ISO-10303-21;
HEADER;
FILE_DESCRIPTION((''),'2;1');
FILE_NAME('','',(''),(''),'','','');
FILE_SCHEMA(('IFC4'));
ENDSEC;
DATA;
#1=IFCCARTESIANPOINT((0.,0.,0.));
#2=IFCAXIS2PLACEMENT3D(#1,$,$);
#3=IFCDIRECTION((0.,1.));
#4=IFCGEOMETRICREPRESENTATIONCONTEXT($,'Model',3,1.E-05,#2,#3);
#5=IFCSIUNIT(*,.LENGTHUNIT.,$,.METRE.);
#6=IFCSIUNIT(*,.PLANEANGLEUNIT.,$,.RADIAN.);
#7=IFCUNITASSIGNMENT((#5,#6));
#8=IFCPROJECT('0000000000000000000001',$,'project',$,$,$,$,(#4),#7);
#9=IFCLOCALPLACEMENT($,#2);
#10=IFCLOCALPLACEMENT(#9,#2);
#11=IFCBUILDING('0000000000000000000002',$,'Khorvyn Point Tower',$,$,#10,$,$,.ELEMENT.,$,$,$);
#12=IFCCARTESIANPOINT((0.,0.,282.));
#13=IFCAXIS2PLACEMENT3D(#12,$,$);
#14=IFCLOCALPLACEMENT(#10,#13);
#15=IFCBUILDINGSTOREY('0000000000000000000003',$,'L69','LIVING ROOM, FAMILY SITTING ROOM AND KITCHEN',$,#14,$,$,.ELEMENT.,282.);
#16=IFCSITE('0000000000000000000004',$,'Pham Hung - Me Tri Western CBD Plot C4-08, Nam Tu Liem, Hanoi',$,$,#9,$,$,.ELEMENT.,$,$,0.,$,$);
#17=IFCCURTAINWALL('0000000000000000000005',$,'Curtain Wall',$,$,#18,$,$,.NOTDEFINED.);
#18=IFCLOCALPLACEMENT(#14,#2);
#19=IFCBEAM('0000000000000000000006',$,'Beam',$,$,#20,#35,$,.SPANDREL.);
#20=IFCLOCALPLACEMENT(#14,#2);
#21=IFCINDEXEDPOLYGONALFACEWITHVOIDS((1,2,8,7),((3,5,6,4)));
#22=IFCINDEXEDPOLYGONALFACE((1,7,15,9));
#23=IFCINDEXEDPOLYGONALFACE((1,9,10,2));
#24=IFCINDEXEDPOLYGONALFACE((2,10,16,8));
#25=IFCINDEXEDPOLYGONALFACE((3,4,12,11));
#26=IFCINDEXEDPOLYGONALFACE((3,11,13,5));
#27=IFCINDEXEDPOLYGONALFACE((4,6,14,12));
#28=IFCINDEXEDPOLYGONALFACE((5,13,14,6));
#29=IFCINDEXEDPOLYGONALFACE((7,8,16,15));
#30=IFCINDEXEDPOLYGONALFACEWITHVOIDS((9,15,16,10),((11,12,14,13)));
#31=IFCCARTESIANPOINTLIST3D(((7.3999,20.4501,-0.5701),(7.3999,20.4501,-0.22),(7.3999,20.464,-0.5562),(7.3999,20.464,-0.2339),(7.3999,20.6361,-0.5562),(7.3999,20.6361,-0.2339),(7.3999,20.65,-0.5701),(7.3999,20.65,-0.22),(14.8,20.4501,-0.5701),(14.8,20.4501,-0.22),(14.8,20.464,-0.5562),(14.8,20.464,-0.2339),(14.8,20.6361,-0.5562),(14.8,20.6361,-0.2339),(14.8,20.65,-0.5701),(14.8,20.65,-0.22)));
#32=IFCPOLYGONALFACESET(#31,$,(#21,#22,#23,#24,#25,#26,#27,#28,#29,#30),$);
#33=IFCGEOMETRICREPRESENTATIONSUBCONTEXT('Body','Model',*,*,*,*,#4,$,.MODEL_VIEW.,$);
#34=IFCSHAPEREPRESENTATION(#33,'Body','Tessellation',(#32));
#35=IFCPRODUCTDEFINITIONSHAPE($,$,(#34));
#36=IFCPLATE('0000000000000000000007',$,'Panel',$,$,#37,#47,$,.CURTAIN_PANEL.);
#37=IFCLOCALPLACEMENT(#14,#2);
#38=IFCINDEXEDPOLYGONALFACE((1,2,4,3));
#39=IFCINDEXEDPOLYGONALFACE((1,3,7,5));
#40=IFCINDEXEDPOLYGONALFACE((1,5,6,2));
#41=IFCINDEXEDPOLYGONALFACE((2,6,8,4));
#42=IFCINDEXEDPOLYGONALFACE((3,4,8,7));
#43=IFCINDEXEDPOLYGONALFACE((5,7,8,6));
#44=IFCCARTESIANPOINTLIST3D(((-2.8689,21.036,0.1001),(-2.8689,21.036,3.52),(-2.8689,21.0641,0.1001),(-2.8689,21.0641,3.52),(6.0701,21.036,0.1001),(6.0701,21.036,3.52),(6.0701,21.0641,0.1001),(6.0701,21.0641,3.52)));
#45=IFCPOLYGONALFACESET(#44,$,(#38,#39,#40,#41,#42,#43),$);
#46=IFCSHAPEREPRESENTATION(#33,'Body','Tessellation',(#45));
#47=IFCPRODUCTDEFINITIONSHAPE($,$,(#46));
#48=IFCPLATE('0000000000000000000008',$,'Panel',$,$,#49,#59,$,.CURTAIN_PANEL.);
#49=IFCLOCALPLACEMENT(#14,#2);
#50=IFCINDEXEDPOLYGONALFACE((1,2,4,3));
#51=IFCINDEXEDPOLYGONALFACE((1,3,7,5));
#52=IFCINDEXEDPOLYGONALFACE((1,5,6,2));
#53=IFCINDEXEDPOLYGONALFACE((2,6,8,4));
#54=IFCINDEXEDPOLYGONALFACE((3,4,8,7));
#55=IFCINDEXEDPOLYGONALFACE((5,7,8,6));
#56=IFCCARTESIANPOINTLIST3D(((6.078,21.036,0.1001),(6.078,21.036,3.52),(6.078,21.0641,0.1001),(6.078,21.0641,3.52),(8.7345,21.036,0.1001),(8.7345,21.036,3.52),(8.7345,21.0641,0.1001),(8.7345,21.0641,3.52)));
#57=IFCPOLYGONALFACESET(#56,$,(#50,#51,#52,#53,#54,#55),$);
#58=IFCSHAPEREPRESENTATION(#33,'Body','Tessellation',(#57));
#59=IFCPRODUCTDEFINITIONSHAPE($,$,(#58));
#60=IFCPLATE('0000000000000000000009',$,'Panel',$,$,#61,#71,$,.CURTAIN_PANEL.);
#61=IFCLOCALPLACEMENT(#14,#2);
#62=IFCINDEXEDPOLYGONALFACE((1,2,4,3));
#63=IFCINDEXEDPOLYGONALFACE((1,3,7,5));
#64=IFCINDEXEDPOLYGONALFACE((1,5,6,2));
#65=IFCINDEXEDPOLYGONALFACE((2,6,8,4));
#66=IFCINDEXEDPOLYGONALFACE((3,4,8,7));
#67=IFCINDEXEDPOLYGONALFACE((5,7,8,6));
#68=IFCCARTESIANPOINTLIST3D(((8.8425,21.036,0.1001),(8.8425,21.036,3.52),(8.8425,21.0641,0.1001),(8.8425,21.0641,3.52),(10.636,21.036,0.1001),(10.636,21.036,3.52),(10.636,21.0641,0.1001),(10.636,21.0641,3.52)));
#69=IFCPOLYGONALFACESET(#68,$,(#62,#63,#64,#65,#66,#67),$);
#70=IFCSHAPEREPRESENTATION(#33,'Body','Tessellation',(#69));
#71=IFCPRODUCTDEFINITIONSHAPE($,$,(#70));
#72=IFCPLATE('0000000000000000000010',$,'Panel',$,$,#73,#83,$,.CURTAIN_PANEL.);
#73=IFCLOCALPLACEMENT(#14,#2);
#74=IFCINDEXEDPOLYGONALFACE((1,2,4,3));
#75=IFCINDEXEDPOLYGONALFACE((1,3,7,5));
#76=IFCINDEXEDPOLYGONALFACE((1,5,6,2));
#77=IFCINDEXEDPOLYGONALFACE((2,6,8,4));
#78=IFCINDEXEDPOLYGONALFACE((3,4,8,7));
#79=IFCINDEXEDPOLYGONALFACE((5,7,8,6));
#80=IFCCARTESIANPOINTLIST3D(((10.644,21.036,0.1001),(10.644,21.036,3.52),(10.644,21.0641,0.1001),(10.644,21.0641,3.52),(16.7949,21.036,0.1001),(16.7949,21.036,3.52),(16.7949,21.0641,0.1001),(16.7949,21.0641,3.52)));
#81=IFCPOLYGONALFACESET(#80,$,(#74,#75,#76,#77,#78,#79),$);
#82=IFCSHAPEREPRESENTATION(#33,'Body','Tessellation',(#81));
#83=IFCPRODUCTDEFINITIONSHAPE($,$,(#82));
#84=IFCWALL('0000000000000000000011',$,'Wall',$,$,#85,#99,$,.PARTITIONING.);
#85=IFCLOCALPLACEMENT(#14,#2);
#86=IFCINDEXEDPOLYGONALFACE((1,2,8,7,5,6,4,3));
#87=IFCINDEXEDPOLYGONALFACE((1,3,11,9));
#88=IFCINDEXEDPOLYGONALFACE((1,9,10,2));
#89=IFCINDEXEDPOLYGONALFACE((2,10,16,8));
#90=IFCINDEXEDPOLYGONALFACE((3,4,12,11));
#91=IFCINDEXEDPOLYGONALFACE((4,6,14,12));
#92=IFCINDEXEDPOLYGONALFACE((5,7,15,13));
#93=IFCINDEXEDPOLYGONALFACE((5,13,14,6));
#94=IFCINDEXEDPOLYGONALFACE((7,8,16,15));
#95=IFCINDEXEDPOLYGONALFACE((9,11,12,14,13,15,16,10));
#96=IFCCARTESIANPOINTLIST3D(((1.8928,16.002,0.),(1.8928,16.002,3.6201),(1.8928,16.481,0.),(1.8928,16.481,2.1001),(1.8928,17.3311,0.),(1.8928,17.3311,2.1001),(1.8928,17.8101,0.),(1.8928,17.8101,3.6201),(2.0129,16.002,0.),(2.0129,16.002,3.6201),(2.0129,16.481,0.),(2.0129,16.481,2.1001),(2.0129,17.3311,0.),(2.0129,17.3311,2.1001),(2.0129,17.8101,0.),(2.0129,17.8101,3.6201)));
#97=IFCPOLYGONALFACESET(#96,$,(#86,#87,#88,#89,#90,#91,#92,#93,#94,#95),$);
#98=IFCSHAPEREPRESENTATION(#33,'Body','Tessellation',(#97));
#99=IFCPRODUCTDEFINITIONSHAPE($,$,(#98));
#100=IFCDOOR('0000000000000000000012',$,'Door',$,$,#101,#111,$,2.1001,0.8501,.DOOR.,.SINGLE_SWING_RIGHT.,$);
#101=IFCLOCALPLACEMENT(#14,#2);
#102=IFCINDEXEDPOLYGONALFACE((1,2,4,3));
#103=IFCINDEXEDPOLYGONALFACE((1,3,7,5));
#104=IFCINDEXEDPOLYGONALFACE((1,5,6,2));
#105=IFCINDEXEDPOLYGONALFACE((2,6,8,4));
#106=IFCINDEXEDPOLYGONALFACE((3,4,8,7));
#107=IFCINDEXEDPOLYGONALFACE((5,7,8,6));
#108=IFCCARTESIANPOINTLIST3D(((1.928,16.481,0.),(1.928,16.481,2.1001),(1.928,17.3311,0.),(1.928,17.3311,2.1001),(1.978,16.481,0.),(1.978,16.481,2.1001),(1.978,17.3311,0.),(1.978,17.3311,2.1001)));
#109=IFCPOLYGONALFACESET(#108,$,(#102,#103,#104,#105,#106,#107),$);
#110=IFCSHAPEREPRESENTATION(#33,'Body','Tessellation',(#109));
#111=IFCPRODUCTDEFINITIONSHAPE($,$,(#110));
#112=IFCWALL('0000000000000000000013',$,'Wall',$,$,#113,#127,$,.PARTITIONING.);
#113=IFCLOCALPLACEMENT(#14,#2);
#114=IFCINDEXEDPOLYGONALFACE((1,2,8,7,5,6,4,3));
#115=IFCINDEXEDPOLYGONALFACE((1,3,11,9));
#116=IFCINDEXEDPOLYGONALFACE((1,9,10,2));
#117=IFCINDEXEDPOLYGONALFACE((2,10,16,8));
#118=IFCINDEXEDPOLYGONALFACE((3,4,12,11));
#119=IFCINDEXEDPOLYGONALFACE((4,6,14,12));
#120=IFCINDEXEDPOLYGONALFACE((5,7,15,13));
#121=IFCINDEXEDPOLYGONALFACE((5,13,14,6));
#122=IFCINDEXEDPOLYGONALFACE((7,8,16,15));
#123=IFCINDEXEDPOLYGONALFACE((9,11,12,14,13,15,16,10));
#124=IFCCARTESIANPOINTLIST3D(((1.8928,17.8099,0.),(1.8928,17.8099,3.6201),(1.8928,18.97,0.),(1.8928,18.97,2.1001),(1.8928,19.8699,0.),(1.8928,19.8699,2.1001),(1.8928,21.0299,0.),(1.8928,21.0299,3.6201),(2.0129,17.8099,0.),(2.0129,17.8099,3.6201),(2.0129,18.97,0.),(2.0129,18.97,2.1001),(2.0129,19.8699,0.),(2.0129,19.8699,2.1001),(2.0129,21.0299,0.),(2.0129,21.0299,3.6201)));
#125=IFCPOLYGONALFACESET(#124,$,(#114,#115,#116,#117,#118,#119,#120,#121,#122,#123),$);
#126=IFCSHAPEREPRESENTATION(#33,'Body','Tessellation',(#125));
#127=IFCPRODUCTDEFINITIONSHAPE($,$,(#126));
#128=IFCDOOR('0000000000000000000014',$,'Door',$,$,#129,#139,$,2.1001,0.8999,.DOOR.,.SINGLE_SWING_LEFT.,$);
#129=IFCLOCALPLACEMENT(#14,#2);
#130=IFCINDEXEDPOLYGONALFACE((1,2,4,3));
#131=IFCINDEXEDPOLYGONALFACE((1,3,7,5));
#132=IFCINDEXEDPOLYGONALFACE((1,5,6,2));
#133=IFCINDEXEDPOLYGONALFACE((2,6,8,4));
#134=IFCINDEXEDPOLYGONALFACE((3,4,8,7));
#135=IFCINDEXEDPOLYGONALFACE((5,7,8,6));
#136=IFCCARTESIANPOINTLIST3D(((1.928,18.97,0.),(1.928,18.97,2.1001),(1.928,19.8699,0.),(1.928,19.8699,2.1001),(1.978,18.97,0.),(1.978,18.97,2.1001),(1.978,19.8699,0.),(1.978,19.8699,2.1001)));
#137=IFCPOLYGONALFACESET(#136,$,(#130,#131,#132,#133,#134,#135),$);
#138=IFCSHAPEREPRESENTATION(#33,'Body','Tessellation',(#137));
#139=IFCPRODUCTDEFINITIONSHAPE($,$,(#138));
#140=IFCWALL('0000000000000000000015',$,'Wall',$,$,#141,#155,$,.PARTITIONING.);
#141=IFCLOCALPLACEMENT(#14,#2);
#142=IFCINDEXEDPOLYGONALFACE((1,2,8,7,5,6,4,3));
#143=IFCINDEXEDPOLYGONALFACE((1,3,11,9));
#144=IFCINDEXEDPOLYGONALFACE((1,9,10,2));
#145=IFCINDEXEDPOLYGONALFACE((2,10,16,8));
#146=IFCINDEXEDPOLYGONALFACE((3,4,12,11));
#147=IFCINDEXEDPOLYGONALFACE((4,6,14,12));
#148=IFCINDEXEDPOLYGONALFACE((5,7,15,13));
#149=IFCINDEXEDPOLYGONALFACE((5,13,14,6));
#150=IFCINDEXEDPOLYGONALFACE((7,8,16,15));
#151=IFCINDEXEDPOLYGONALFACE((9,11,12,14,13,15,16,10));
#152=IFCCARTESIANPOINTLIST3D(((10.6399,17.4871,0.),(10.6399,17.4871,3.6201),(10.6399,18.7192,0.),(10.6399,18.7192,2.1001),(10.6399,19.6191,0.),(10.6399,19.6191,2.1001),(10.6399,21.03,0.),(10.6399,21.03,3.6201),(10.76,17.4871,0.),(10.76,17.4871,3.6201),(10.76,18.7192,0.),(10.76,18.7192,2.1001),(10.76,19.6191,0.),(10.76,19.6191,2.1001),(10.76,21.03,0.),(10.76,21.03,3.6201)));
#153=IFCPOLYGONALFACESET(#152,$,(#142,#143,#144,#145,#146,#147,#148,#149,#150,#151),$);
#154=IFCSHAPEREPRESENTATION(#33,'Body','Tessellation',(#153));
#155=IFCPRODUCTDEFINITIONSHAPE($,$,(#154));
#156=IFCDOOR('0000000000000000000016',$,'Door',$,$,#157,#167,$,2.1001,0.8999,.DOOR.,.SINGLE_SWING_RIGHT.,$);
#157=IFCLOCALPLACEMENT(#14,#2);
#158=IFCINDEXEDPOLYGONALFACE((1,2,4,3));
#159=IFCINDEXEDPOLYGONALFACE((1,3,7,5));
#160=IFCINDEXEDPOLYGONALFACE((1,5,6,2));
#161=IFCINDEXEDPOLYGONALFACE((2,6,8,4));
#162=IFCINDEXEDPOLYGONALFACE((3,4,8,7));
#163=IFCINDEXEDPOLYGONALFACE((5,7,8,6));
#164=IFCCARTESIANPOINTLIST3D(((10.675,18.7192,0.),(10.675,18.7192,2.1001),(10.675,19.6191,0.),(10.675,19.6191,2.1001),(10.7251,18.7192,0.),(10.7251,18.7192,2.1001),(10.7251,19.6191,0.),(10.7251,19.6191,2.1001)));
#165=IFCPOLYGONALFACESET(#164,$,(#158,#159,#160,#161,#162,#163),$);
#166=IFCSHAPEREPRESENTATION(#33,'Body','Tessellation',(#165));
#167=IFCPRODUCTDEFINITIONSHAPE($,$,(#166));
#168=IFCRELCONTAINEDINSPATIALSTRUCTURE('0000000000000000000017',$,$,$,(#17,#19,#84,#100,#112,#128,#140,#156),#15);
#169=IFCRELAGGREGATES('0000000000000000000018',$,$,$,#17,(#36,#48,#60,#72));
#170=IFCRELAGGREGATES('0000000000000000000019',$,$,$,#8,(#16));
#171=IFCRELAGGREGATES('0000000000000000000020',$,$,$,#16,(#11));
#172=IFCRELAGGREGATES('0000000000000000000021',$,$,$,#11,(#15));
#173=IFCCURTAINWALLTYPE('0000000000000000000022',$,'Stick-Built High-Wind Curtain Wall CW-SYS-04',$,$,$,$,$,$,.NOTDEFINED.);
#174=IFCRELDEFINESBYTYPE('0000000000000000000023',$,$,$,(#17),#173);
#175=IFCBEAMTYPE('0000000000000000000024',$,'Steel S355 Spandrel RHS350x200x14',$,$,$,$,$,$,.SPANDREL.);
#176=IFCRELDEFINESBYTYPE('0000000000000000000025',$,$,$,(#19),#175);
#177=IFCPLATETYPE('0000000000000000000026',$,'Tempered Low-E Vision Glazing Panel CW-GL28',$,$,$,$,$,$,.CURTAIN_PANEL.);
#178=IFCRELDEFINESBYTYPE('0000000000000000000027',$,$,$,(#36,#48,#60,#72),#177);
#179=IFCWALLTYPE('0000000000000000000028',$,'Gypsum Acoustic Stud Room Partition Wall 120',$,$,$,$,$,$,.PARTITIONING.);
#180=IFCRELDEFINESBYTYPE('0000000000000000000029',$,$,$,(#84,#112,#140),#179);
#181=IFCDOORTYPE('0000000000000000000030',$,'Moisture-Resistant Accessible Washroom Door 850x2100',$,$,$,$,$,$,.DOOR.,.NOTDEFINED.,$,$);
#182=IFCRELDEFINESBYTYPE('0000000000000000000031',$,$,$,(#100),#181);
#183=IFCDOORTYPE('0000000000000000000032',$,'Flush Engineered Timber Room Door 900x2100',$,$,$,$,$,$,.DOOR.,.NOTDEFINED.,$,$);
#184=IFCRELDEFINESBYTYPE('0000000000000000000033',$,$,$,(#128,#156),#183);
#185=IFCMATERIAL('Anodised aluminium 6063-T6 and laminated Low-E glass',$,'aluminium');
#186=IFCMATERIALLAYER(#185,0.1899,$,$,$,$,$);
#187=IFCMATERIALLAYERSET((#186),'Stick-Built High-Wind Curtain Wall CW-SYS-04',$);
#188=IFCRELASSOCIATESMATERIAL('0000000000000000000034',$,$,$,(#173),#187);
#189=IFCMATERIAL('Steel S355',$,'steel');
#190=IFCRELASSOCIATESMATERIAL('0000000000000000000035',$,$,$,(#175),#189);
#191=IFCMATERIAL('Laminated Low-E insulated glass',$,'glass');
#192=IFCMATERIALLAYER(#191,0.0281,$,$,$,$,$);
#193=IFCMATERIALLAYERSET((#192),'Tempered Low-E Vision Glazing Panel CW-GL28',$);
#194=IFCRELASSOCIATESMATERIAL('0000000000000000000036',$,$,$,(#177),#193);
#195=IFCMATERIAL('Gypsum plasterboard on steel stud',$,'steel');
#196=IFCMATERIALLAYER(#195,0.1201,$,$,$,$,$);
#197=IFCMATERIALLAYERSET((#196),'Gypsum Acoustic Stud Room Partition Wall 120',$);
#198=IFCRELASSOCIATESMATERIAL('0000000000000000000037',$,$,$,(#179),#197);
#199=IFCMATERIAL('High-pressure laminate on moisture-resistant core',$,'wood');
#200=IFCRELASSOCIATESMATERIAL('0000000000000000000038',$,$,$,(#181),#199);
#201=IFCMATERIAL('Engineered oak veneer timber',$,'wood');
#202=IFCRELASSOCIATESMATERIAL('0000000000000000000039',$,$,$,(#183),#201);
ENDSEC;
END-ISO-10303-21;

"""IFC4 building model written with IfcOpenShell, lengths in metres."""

from ifc_helpers import new_model, si_unit, direction, frame, frame_2d, origin, origin_2d, place, context, subcontext, project, spatial, rectangle, hollow_rectangle, extrude, material, layer, layer_set, material_profile, profile_set, type_object, element, fill, aggregate, save


model = new_model("IFC4")

# Units and contexts
model_context = context("Model", 3, precision=1e-05, world=origin(), true_north=direction((0.0, 1.0)))
body_context = subcontext(model_context, "Body", "Model", "MODEL_VIEW")
ifc_project = project(units=[si_unit("LENGTHUNIT", "METRE"), si_unit("PLANEANGLEUNIT", "RADIAN")], contexts=[model_context])

# Site, building, storey
site_placement = place(None, origin())
site = spatial("IfcSite", under=ifc_project, at=site_placement, Name="Pham Hung - Me Tri Western CBD Plot C4-08, Nam Tu Liem, Hanoi", CompositionType="ELEMENT", RefElevation=0.0)
building_placement = place(site_placement, origin())
building = spatial("IfcBuilding", under=site, at=building_placement, Name="Khorvyn Point Tower", CompositionType="ELEMENT")
storey_placement = place(building_placement, frame((0.0, 0.0, 282.0)))
storey = spatial("IfcBuildingStorey", under=building, at=storey_placement, Name="L69", Description="LIVING ROOM, FAMILY SITTING ROOM AND KITCHEN", CompositionType="ELEMENT", Elevation=282.0)

# Shared definitions
ifc_material_1 = material(Name="Steel S355", Category="steel")

# Curtain wall
ifc_material_2 = material(Name="Anodised aluminium 6063-T6 and laminated Low-E glass", Category="aluminium")
ifc_layer_1 = layer(ifc_material_2, 0.1899)
ifc_layer_set_1 = layer_set([ifc_layer_1], Name="Stick-Built High-Wind Curtain Wall CW-SYS-04")
curtain_wall_type = type_object("IfcCurtainWallType", Name="Stick-Built High-Wind Curtain Wall CW-SYS-04", PredefinedType="NOTDEFINED", material=ifc_layer_set_1)
curtain_wall_placement = place(storey_placement, origin())
curtain_wall = element("IfcCurtainWall", 1, at=curtain_wall_placement, inside=storey, type_object=curtain_wall_type, Name="Curtain Wall", PredefinedType="NOTDEFINED")

# Beam
ifc_material_profile_1 = material_profile(ifc_material_1, hollow_rectangle(XDim=0.2, YDim=0.3501, WallThickness=0.0139, at=origin_2d()))
ifc_profile_set_1 = profile_set([ifc_material_profile_1], Name="Steel S355 RHS350x200x14")
beam_type_1 = type_object("IfcBeamType", Name="Steel S355 Spandrel RHS350x200x14", PredefinedType="SPANDREL", material=ifc_profile_set_1)
beam_1_placement = place(storey_placement, frame((7.3999, 20.55, -0.395), z_axis=(1.0, 0.0, 0.0), x_axis=(0.0, 1.0, 0.0)))
element("IfcBeam", 2, at=beam_1_placement, inside=storey, type_object=beam_type_1, Name="Beam", PredefinedType="SPANDREL", context=body_context, shape_type="SweptSolid", body=[
    extrude(hollow_rectangle(XDim=0.2, YDim=0.3501, WallThickness=0.0139, at=origin_2d()), origin(), (0.0, 0.0, 1.0), 7.4001),
])

# Plates
ifc_material_3 = material(Name="Laminated Low-E insulated glass", Category="glass")
ifc_layer_2 = layer(ifc_material_3, 0.0281)
ifc_layer_set_2 = layer_set([ifc_layer_2], Name="Tempered Low-E Vision Glazing Panel CW-GL28")
plate_type = type_object("IfcPlateType", Name="Tempered Low-E Vision Glazing Panel CW-GL28", PredefinedType="CURTAIN_PANEL", material=ifc_layer_set_2)
plate_1_placement = place(storey_placement, frame((1.6006, 21.05, 0.1001), z_axis=(0.0, 0.0, 1.0), x_axis=(1.0, 0.0, 0.0)))
plate_1 = element("IfcPlate", 3, at=plate_1_placement, type_object=plate_type, Name="Panel", PredefinedType="CURTAIN_PANEL", context=body_context, shape_type="SweptSolid", body=[
    extrude(rectangle(XDim=8.939, YDim=0.0281, at=origin_2d()), origin(), (0.0, 0.0, 1.0), 3.4199),
])
plate_2_placement = place(storey_placement, frame((7.4062, 21.05, 0.1001), z_axis=(0.0, 0.0, 1.0), x_axis=(1.0, 0.0, 0.0)))
plate_2 = element("IfcPlate", 4, at=plate_2_placement, type_object=plate_type, Name="Panel", PredefinedType="CURTAIN_PANEL", context=body_context, shape_type="SweptSolid", body=[
    extrude(rectangle(XDim=2.6565, YDim=0.0281, at=origin_2d()), origin(), (0.0, 0.0, 1.0), 3.4199),
])
plate_3_placement = place(storey_placement, frame((9.7393, 21.05, 0.1001), z_axis=(0.0, 0.0, 1.0), x_axis=(1.0, 0.0, 0.0)))
plate_3 = element("IfcPlate", 5, at=plate_3_placement, type_object=plate_type, Name="Panel", PredefinedType="CURTAIN_PANEL", context=body_context, shape_type="SweptSolid", body=[
    extrude(rectangle(XDim=1.7935, YDim=0.0281, at=origin_2d()), origin(), (0.0, 0.0, 1.0), 3.4199),
])
plate_4_placement = place(storey_placement, frame((13.7195, 21.05, 0.1001), z_axis=(0.0, 0.0, 1.0), x_axis=(1.0, 0.0, 0.0)))
plate_4 = element("IfcPlate", 6, at=plate_4_placement, type_object=plate_type, Name="Panel", PredefinedType="CURTAIN_PANEL", context=body_context, shape_type="SweptSolid", body=[
    extrude(rectangle(XDim=6.1509, YDim=0.0281, at=origin_2d()), origin(), (0.0, 0.0, 1.0), 3.4199),
])
aggregate(curtain_wall, [plate_1, plate_2, plate_3, plate_4])

# Walls, openings, doors
ifc_material_4 = material(Name="Gypsum plasterboard on steel stud", Category="steel")
ifc_layer_3 = layer(ifc_material_4, 0.1201)
ifc_layer_set_3 = layer_set([ifc_layer_3], Name="Gypsum Acoustic Stud Room Partition Wall 120")
wall_type_1 = type_object("IfcWallType", Name="Gypsum Acoustic Stud Room Partition Wall 120", PredefinedType="PARTITIONING", material=ifc_layer_set_3)
wall_1_placement = place(storey_placement, frame((1.9529, 16.002, 0.0), z_axis=(0.0, 0.0, 1.0), x_axis=(0.0, 1.0, 0.0)))
wall_1 = element("IfcWall", 7, at=wall_1_placement, inside=storey, type_object=wall_type_1, Name="Wall", PredefinedType="PARTITIONING", context=body_context, shape_type="SweptSolid", body=[
    extrude(rectangle(XDim=1.8081, YDim=0.1201, at=frame_2d((0.9041, 0.0))), origin(), (0.0, 0.0, 1.0), 3.6201),
])
opening_1_placement = place(wall_1_placement, frame((0.479, 0.0, 0.0)))
opening_1 = element("IfcOpeningElement", 8, at=opening_1_placement, cuts=wall_1, PredefinedType="OPENING", context=body_context, shape_type="SweptSolid", body=[
    extrude(rectangle(XDim=0.8501, YDim=2.1001, at=frame_2d((0.425, 1.05))), frame((0.0, 0.0701, 0.0), z_axis=(0.0, -1.0, 0.0), x_axis=(1.0, 0.0, 0.0)), (0.0, 0.0, 1.0), 0.1401),
])
ifc_material_5 = material(Name="High-pressure laminate on moisture-resistant core", Category="wood")
door_type_1 = type_object("IfcDoorType", Name="Moisture-Resistant Accessible Washroom Door 850x2100", OperationType="NOTDEFINED", PredefinedType="DOOR", material=ifc_material_5)
door_1_placement = place(opening_1_placement, origin())
door_1 = element("IfcDoor", 9, at=door_1_placement, inside=storey, type_object=door_type_1, Name="Door", OperationType="SINGLE_SWING_RIGHT", OverallHeight=2.1001, OverallWidth=0.8501, PredefinedType="DOOR", context=body_context, shape_type="SweptSolid", body=[
    extrude(rectangle(XDim=0.8501, YDim=2.1001, at=frame_2d((0.425, 1.05))), frame((0.0, 0.0249, 0.0), z_axis=(0.0, -1.0, 0.0), x_axis=(1.0, 0.0, 0.0)), (0.0, 0.0, 1.0), 0.05),
])
fill(opening_1, door_1)
wall_2_placement = place(storey_placement, frame((1.9529, 17.8101, 0.0), z_axis=(0.0, 0.0, 1.0), x_axis=(0.0, 1.0, 0.0)))
wall_2 = element("IfcWall", 10, at=wall_2_placement, inside=storey, type_object=wall_type_1, Name="Wall", PredefinedType="PARTITIONING", context=body_context, shape_type="SweptSolid", body=[
    extrude(rectangle(XDim=3.22, YDim=0.1201, at=frame_2d((1.6099, 0.0))), origin(), (0.0, 0.0, 1.0), 3.6201),
])
opening_2_placement = place(wall_2_placement, frame((1.1599, 0.0, 0.0)))
opening_2 = element("IfcOpeningElement", 11, at=opening_2_placement, cuts=wall_2, PredefinedType="OPENING", context=body_context, shape_type="SweptSolid", body=[
    extrude(rectangle(XDim=0.8999, YDim=2.1001, at=frame_2d((0.45, 1.05))), frame((0.0, 0.0701, 0.0), z_axis=(0.0, -1.0, 0.0), x_axis=(1.0, 0.0, 0.0)), (0.0, 0.0, 1.0), 0.1401),
])
ifc_material_6 = material(Name="Engineered oak veneer timber", Category="wood")
door_type_2 = type_object("IfcDoorType", Name="Flush Engineered Timber Room Door 900x2100", OperationType="NOTDEFINED", PredefinedType="DOOR", material=ifc_material_6)
door_2_placement = place(opening_2_placement, origin())
door_2 = element("IfcDoor", 12, at=door_2_placement, inside=storey, type_object=door_type_2, Name="Door", OperationType="SINGLE_SWING_LEFT", OverallHeight=2.1001, OverallWidth=0.8999, PredefinedType="DOOR", context=body_context, shape_type="SweptSolid", body=[
    extrude(rectangle(XDim=0.8999, YDim=2.1001, at=frame_2d((0.45, 1.05))), frame((0.0, 0.0249, 0.0), z_axis=(0.0, -1.0, 0.0), x_axis=(1.0, 0.0, 0.0)), (0.0, 0.0, 1.0), 0.05),
])
fill(opening_2, door_2)
wall_3_placement = place(storey_placement, frame((10.7, 17.4871, 0.0), z_axis=(0.0, 0.0, 1.0), x_axis=(0.0, 1.0, 0.0)))
wall_3 = element("IfcWall", 13, at=wall_3_placement, inside=storey, type_object=wall_type_1, Name="Wall", PredefinedType="PARTITIONING", context=body_context, shape_type="SweptSolid", body=[
    extrude(rectangle(XDim=3.543, YDim=0.1201, at=frame_2d((1.7715, 0.0))), origin(), (0.0, 0.0, 1.0), 3.6201),
])
opening_3_placement = place(wall_3_placement, frame((1.2322, 0.0, 0.0)))
opening_3 = element("IfcOpeningElement", 14, at=opening_3_placement, cuts=wall_3, PredefinedType="OPENING", context=body_context, shape_type="SweptSolid", body=[
    extrude(rectangle(XDim=0.8999, YDim=2.1001, at=frame_2d((0.45, 1.05))), frame((0.0, 0.0701, 0.0), z_axis=(0.0, -1.0, 0.0), x_axis=(1.0, 0.0, 0.0)), (0.0, 0.0, 1.0), 0.1401),
])
door_3_placement = place(opening_3_placement, origin())
door_3 = element("IfcDoor", 15, at=door_3_placement, inside=storey, type_object=door_type_2, Name="Door", OperationType="SINGLE_SWING_RIGHT", OverallHeight=2.1001, OverallWidth=0.8999, PredefinedType="DOOR", context=body_context, shape_type="SweptSolid", body=[
    extrude(rectangle(XDim=0.8999, YDim=2.1001, at=frame_2d((0.45, 1.05))), frame((0.0, 0.0249, 0.0), z_axis=(0.0, -1.0, 0.0), x_axis=(1.0, 0.0, 0.0)), (0.0, 0.0, 1.0), 0.05),
])
fill(opening_3, door_3)

save(model, "model.ifc")
